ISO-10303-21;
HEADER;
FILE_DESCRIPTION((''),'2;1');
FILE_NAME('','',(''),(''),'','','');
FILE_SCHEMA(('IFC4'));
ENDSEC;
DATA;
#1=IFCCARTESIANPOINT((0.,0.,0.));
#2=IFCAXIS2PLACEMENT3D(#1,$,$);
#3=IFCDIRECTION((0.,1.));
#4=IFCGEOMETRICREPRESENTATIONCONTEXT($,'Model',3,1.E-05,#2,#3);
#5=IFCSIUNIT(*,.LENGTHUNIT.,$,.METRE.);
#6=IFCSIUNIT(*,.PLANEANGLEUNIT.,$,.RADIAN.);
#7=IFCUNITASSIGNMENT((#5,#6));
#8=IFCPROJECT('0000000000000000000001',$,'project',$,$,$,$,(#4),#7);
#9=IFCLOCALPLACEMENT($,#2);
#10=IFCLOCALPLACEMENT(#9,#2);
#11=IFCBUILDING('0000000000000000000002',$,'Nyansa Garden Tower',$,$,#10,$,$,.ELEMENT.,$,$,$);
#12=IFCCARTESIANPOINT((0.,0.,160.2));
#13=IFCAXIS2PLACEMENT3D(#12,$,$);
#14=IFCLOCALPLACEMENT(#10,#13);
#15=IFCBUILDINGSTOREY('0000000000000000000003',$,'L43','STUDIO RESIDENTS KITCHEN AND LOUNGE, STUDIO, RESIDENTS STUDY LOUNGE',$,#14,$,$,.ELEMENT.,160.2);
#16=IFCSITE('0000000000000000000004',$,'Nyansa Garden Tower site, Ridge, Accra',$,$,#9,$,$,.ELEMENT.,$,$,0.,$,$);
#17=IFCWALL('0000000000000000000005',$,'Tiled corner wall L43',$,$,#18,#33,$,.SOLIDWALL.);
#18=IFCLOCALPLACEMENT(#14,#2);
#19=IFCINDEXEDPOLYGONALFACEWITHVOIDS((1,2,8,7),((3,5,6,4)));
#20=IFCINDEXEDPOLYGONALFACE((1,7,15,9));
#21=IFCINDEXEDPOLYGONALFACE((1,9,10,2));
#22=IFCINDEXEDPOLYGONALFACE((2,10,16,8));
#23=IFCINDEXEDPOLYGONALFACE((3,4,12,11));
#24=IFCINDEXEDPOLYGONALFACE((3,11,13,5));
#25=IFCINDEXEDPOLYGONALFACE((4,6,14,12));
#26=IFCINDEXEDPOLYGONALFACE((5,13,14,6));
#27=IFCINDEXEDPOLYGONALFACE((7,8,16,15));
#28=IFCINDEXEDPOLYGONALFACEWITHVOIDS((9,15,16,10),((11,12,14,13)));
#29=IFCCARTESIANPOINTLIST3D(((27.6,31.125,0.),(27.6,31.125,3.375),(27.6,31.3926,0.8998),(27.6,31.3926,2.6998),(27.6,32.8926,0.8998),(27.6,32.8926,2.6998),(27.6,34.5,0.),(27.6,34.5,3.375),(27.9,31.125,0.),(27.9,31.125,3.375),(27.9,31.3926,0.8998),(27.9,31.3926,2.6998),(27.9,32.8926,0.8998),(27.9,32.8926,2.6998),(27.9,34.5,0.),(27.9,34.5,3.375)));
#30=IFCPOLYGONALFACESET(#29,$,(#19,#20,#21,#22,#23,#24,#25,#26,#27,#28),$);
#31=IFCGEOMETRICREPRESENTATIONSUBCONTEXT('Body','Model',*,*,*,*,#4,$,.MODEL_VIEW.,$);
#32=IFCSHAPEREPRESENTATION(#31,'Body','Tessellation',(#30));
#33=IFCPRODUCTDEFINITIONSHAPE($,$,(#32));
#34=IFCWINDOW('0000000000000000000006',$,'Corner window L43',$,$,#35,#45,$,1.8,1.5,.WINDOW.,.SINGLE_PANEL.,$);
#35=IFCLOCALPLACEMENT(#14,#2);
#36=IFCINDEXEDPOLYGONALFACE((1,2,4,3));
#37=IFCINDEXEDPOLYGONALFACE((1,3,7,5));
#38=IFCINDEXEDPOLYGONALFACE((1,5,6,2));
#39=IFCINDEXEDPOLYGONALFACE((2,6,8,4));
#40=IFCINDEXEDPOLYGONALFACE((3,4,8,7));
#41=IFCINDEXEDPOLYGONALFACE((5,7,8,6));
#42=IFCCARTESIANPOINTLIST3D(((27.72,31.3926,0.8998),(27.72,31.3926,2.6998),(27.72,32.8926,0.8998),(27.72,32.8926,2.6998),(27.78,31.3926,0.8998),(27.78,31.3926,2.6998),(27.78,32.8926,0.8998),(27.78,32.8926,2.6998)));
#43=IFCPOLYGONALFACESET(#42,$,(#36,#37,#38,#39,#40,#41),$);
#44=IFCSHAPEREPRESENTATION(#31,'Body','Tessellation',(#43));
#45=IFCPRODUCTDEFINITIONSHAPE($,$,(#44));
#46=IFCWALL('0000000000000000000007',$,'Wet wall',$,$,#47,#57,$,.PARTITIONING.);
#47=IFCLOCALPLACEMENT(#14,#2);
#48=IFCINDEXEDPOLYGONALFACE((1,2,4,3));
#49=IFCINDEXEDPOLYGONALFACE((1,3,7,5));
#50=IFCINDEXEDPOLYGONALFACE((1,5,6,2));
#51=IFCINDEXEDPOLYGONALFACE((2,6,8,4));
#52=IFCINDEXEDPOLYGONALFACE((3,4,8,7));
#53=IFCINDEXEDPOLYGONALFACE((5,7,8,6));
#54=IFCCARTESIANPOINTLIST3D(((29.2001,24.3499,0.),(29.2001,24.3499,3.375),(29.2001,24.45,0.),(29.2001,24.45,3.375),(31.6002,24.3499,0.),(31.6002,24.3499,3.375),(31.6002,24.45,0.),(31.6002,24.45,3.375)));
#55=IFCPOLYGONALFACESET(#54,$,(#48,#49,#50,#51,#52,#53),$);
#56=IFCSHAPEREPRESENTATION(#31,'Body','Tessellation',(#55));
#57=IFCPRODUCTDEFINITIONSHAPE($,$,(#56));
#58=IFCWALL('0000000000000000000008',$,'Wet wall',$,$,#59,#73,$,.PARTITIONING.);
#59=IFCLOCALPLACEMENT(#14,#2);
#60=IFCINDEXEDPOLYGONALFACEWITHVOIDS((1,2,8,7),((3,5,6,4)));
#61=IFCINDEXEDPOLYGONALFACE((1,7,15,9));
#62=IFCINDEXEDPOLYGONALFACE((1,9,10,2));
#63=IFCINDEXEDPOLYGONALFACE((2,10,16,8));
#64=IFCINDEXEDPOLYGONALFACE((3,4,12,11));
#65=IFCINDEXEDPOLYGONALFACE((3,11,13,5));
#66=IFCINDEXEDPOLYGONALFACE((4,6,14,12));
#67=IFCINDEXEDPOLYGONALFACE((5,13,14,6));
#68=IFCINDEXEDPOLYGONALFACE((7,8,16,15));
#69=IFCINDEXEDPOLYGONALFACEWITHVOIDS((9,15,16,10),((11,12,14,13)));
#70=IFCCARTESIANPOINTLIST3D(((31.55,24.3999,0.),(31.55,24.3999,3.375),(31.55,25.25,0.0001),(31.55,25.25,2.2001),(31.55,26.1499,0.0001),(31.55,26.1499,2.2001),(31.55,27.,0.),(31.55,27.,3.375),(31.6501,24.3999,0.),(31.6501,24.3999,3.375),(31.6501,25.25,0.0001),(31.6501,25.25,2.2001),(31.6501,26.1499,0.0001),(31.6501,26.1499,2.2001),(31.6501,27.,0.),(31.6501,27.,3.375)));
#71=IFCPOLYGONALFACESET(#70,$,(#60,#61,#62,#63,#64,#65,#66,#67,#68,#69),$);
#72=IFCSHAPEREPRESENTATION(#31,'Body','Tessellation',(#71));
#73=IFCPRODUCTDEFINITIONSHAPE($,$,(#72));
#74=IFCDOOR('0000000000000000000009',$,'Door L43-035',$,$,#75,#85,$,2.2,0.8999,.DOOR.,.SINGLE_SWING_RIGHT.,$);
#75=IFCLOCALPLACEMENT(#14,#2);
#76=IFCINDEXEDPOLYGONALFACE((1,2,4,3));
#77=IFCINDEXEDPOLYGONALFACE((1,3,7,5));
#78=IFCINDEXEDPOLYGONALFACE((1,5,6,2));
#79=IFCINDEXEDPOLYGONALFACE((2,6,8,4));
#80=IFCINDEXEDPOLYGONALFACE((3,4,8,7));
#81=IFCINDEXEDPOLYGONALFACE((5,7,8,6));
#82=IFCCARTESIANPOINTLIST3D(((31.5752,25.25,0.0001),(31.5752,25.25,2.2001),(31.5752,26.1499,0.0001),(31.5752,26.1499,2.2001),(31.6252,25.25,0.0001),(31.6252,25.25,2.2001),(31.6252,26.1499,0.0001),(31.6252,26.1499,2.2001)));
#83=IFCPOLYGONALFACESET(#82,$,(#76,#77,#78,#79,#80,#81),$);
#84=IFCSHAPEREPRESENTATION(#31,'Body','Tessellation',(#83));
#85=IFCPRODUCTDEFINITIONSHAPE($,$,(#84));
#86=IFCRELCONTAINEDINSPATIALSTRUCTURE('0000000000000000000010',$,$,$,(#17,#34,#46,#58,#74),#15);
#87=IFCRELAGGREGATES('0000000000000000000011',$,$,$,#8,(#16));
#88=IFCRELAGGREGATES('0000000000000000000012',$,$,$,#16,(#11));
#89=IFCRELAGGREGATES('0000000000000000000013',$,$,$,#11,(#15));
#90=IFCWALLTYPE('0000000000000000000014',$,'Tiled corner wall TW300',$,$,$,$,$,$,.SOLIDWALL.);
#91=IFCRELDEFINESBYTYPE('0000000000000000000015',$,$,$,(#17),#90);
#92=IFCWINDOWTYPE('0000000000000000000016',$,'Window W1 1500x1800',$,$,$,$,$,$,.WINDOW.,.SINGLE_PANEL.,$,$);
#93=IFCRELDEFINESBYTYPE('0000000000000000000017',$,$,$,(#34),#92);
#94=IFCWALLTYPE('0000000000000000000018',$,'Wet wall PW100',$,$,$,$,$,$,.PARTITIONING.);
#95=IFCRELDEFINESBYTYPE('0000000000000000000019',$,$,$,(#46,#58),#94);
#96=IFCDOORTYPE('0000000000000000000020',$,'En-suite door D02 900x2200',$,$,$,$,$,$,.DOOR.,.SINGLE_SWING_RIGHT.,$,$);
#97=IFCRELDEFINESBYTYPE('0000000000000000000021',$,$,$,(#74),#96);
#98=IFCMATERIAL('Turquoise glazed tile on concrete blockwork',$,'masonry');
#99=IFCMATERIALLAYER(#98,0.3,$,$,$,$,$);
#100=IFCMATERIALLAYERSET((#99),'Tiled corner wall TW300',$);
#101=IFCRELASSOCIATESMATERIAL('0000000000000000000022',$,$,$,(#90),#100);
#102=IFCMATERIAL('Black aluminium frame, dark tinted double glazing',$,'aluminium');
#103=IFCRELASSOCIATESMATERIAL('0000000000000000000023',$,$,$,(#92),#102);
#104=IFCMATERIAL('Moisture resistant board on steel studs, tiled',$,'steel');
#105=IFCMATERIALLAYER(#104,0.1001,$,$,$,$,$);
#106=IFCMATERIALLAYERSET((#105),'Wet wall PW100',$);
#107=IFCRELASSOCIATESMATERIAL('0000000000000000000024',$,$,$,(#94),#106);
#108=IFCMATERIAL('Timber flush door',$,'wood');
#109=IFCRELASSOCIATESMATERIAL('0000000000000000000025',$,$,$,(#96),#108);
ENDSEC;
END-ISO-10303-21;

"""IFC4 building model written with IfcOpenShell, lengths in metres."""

from ifc_helpers import new_model, si_unit, direction, frame, frame_2d, origin, place, context, subcontext, project, spatial, rectangle, extrude, material, layer, layer_set, type_object, element, fill, save


model = new_model("IFC4")

# Units and contexts
model_context = context("Model", 3, precision=1e-05, world=origin(), true_north=direction((0.0, 1.0)))
body_context = subcontext(model_context, "Body", "Model", "MODEL_VIEW")
ifc_project = project(units=[si_unit("LENGTHUNIT", "METRE"), si_unit("PLANEANGLEUNIT", "RADIAN")], contexts=[model_context])

# Site, building, storey
site_placement = place(None, origin())
site = spatial("IfcSite", under=ifc_project, at=site_placement, Name="Nyansa Garden Tower site, Ridge, Accra", CompositionType="ELEMENT", RefElevation=0.0)
building_placement = place(site_placement, origin())
building = spatial("IfcBuilding", under=site, at=building_placement, Name="Nyansa Garden Tower", CompositionType="ELEMENT")
storey_placement = place(building_placement, frame((0.0, 0.0, 160.2)))
storey = spatial("IfcBuildingStorey", under=building, at=storey_placement, Name="L43", Description="STUDIO RESIDENTS KITCHEN AND LOUNGE, STUDIO, RESIDENTS STUDY LOUNGE", CompositionType="ELEMENT", Elevation=160.2)

# Wall, opening, window
ifc_material_1 = material(Name="Turquoise glazed tile on concrete blockwork", Category="masonry")
ifc_layer_1 = layer(ifc_material_1, 0.3)
ifc_layer_set_1 = layer_set([ifc_layer_1], Name="Tiled corner wall TW300")
wall_type_1 = type_object("IfcWallType", Name="Tiled corner wall TW300", PredefinedType="SOLIDWALL", material=ifc_layer_set_1)
ifc_material_2 = material(Name="Black aluminium frame, dark tinted double glazing", Category="aluminium")
window_type_1 = type_object("IfcWindowType", Name="Window W1 1500x1800", PartitioningType="SINGLE_PANEL", PredefinedType="WINDOW", material=ifc_material_2)
wall_1_placement = place(storey_placement, frame((27.75, 31.125, 0.0), z_axis=(0.0, 0.0, 1.0), x_axis=(0.0, 1.0, 0.0)))
wall_1 = element("IfcWall", 1, at=wall_1_placement, inside=storey, type_object=wall_type_1, Name="Tiled corner wall L43", PredefinedType="SOLIDWALL", context=body_context, shape_type="SweptSolid", body=[
    extrude(rectangle(XDim=3.375, YDim=0.3, at=frame_2d((1.6875, 0.0))), origin(), (0.0, 0.0, 1.0), 3.375),
])
opening_1_placement = place(wall_1_placement, frame((0.2676, 0.0, 0.8999)))
opening_1 = element("IfcOpeningElement", 2, at=opening_1_placement, cuts=wall_1, PredefinedType="OPENING", context=body_context, shape_type="SweptSolid", body=[
    extrude(rectangle(XDim=1.5, YDim=1.8, at=frame_2d((0.75, 0.8999))), frame((0.0, 0.1599, 0.0), z_axis=(0.0, -1.0, 0.0), x_axis=(1.0, 0.0, 0.0)), (0.0, 0.0, 1.0), 0.3201),
])
window_1_placement = place(opening_1_placement, origin())
window_1 = element("IfcWindow", 3, at=window_1_placement, inside=storey, type_object=window_type_1, Name="Corner window L43", OverallHeight=1.8, OverallWidth=1.5, PartitioningType="SINGLE_PANEL", PredefinedType="WINDOW", context=body_context, shape_type="SweptSolid", body=[
    extrude(rectangle(XDim=1.5, YDim=1.8, at=frame_2d((0.75, 0.8999))), frame((0.0, 0.03, 0.0), z_axis=(0.0, -1.0, 0.0), x_axis=(1.0, 0.0, 0.0)), (0.0, 0.0, 1.0), 0.0601),
])
fill(opening_1, window_1)

# Wall
ifc_material_3 = material(Name="Moisture resistant board on steel studs, tiled", Category="steel")
ifc_layer_2 = layer(ifc_material_3, 0.1001)
ifc_layer_set_2 = layer_set([ifc_layer_2], Name="Wet wall PW100")
wall_type_2 = type_object("IfcWallType", Name="Wet wall PW100", PredefinedType="PARTITIONING", material=ifc_layer_set_2)
wall_2_placement = place(storey_placement, frame((29.2, 24.3999, 0.0), z_axis=(0.0, 0.0, 1.0), x_axis=(1.0, 0.0, 0.0)))
element("IfcWall", 4, at=wall_2_placement, inside=storey, type_object=wall_type_2, Name="Wet wall", PredefinedType="PARTITIONING", context=body_context, shape_type="SweptSolid", body=[
    extrude(rectangle(XDim=2.4001, YDim=0.1001, at=frame_2d((1.2002, 0.0))), origin(), (0.0, 0.0, 1.0), 3.375),
])

# Wall, opening, door
wall_3_placement = place(storey_placement, frame((31.6001, 24.3999, 0.0), z_axis=(0.0, 0.0, 1.0), x_axis=(0.0, 1.0, 0.0)))
wall_3 = element("IfcWall", 5, at=wall_3_placement, inside=storey, type_object=wall_type_2, Name="Wet wall", PredefinedType="PARTITIONING", context=body_context, shape_type="SweptSolid", body=[
    extrude(rectangle(XDim=2.6001, YDim=0.1001, at=frame_2d((1.3, 0.0))), origin(), (0.0, 0.0, 1.0), 3.375),
])
opening_2_placement = place(wall_3_placement, frame((0.8501, 0.0, 0.0)))
opening_2 = element("IfcOpeningElement", 6, at=opening_2_placement, cuts=wall_3, PredefinedType="OPENING", context=body_context, shape_type="SweptSolid", body=[
    extrude(rectangle(XDim=0.8999, YDim=2.2, at=frame_2d((0.45, 1.1001))), frame((0.0, 0.0601, 0.0), z_axis=(0.0, -1.0, 0.0), x_axis=(1.0, 0.0, 0.0)), (0.0, 0.0, 1.0), 0.1201),
])
ifc_material_4 = material(Name="Timber flush door", Category="wood")
door_type_1 = type_object("IfcDoorType", Name="En-suite door D02 900x2200", OperationType="SINGLE_SWING_RIGHT", PredefinedType="DOOR", material=ifc_material_4)
door_1_placement = place(opening_2_placement, origin())
door_1 = element("IfcDoor", 7, at=door_1_placement, inside=storey, type_object=door_type_1, Name="Door L43-035", OperationType="SINGLE_SWING_RIGHT", OverallHeight=2.2, OverallWidth=0.8999, PredefinedType="DOOR", context=body_context, shape_type="SweptSolid", body=[
    extrude(rectangle(XDim=0.8999, YDim=2.2, at=frame_2d((0.45, 1.1001))), frame((0.0, 0.0249, 0.0), z_axis=(0.0, -1.0, 0.0), x_axis=(1.0, 0.0, 0.0)), (0.0, 0.0, 1.0), 0.05),
])
fill(opening_2, door_1)

save(model, "model.ifc")
